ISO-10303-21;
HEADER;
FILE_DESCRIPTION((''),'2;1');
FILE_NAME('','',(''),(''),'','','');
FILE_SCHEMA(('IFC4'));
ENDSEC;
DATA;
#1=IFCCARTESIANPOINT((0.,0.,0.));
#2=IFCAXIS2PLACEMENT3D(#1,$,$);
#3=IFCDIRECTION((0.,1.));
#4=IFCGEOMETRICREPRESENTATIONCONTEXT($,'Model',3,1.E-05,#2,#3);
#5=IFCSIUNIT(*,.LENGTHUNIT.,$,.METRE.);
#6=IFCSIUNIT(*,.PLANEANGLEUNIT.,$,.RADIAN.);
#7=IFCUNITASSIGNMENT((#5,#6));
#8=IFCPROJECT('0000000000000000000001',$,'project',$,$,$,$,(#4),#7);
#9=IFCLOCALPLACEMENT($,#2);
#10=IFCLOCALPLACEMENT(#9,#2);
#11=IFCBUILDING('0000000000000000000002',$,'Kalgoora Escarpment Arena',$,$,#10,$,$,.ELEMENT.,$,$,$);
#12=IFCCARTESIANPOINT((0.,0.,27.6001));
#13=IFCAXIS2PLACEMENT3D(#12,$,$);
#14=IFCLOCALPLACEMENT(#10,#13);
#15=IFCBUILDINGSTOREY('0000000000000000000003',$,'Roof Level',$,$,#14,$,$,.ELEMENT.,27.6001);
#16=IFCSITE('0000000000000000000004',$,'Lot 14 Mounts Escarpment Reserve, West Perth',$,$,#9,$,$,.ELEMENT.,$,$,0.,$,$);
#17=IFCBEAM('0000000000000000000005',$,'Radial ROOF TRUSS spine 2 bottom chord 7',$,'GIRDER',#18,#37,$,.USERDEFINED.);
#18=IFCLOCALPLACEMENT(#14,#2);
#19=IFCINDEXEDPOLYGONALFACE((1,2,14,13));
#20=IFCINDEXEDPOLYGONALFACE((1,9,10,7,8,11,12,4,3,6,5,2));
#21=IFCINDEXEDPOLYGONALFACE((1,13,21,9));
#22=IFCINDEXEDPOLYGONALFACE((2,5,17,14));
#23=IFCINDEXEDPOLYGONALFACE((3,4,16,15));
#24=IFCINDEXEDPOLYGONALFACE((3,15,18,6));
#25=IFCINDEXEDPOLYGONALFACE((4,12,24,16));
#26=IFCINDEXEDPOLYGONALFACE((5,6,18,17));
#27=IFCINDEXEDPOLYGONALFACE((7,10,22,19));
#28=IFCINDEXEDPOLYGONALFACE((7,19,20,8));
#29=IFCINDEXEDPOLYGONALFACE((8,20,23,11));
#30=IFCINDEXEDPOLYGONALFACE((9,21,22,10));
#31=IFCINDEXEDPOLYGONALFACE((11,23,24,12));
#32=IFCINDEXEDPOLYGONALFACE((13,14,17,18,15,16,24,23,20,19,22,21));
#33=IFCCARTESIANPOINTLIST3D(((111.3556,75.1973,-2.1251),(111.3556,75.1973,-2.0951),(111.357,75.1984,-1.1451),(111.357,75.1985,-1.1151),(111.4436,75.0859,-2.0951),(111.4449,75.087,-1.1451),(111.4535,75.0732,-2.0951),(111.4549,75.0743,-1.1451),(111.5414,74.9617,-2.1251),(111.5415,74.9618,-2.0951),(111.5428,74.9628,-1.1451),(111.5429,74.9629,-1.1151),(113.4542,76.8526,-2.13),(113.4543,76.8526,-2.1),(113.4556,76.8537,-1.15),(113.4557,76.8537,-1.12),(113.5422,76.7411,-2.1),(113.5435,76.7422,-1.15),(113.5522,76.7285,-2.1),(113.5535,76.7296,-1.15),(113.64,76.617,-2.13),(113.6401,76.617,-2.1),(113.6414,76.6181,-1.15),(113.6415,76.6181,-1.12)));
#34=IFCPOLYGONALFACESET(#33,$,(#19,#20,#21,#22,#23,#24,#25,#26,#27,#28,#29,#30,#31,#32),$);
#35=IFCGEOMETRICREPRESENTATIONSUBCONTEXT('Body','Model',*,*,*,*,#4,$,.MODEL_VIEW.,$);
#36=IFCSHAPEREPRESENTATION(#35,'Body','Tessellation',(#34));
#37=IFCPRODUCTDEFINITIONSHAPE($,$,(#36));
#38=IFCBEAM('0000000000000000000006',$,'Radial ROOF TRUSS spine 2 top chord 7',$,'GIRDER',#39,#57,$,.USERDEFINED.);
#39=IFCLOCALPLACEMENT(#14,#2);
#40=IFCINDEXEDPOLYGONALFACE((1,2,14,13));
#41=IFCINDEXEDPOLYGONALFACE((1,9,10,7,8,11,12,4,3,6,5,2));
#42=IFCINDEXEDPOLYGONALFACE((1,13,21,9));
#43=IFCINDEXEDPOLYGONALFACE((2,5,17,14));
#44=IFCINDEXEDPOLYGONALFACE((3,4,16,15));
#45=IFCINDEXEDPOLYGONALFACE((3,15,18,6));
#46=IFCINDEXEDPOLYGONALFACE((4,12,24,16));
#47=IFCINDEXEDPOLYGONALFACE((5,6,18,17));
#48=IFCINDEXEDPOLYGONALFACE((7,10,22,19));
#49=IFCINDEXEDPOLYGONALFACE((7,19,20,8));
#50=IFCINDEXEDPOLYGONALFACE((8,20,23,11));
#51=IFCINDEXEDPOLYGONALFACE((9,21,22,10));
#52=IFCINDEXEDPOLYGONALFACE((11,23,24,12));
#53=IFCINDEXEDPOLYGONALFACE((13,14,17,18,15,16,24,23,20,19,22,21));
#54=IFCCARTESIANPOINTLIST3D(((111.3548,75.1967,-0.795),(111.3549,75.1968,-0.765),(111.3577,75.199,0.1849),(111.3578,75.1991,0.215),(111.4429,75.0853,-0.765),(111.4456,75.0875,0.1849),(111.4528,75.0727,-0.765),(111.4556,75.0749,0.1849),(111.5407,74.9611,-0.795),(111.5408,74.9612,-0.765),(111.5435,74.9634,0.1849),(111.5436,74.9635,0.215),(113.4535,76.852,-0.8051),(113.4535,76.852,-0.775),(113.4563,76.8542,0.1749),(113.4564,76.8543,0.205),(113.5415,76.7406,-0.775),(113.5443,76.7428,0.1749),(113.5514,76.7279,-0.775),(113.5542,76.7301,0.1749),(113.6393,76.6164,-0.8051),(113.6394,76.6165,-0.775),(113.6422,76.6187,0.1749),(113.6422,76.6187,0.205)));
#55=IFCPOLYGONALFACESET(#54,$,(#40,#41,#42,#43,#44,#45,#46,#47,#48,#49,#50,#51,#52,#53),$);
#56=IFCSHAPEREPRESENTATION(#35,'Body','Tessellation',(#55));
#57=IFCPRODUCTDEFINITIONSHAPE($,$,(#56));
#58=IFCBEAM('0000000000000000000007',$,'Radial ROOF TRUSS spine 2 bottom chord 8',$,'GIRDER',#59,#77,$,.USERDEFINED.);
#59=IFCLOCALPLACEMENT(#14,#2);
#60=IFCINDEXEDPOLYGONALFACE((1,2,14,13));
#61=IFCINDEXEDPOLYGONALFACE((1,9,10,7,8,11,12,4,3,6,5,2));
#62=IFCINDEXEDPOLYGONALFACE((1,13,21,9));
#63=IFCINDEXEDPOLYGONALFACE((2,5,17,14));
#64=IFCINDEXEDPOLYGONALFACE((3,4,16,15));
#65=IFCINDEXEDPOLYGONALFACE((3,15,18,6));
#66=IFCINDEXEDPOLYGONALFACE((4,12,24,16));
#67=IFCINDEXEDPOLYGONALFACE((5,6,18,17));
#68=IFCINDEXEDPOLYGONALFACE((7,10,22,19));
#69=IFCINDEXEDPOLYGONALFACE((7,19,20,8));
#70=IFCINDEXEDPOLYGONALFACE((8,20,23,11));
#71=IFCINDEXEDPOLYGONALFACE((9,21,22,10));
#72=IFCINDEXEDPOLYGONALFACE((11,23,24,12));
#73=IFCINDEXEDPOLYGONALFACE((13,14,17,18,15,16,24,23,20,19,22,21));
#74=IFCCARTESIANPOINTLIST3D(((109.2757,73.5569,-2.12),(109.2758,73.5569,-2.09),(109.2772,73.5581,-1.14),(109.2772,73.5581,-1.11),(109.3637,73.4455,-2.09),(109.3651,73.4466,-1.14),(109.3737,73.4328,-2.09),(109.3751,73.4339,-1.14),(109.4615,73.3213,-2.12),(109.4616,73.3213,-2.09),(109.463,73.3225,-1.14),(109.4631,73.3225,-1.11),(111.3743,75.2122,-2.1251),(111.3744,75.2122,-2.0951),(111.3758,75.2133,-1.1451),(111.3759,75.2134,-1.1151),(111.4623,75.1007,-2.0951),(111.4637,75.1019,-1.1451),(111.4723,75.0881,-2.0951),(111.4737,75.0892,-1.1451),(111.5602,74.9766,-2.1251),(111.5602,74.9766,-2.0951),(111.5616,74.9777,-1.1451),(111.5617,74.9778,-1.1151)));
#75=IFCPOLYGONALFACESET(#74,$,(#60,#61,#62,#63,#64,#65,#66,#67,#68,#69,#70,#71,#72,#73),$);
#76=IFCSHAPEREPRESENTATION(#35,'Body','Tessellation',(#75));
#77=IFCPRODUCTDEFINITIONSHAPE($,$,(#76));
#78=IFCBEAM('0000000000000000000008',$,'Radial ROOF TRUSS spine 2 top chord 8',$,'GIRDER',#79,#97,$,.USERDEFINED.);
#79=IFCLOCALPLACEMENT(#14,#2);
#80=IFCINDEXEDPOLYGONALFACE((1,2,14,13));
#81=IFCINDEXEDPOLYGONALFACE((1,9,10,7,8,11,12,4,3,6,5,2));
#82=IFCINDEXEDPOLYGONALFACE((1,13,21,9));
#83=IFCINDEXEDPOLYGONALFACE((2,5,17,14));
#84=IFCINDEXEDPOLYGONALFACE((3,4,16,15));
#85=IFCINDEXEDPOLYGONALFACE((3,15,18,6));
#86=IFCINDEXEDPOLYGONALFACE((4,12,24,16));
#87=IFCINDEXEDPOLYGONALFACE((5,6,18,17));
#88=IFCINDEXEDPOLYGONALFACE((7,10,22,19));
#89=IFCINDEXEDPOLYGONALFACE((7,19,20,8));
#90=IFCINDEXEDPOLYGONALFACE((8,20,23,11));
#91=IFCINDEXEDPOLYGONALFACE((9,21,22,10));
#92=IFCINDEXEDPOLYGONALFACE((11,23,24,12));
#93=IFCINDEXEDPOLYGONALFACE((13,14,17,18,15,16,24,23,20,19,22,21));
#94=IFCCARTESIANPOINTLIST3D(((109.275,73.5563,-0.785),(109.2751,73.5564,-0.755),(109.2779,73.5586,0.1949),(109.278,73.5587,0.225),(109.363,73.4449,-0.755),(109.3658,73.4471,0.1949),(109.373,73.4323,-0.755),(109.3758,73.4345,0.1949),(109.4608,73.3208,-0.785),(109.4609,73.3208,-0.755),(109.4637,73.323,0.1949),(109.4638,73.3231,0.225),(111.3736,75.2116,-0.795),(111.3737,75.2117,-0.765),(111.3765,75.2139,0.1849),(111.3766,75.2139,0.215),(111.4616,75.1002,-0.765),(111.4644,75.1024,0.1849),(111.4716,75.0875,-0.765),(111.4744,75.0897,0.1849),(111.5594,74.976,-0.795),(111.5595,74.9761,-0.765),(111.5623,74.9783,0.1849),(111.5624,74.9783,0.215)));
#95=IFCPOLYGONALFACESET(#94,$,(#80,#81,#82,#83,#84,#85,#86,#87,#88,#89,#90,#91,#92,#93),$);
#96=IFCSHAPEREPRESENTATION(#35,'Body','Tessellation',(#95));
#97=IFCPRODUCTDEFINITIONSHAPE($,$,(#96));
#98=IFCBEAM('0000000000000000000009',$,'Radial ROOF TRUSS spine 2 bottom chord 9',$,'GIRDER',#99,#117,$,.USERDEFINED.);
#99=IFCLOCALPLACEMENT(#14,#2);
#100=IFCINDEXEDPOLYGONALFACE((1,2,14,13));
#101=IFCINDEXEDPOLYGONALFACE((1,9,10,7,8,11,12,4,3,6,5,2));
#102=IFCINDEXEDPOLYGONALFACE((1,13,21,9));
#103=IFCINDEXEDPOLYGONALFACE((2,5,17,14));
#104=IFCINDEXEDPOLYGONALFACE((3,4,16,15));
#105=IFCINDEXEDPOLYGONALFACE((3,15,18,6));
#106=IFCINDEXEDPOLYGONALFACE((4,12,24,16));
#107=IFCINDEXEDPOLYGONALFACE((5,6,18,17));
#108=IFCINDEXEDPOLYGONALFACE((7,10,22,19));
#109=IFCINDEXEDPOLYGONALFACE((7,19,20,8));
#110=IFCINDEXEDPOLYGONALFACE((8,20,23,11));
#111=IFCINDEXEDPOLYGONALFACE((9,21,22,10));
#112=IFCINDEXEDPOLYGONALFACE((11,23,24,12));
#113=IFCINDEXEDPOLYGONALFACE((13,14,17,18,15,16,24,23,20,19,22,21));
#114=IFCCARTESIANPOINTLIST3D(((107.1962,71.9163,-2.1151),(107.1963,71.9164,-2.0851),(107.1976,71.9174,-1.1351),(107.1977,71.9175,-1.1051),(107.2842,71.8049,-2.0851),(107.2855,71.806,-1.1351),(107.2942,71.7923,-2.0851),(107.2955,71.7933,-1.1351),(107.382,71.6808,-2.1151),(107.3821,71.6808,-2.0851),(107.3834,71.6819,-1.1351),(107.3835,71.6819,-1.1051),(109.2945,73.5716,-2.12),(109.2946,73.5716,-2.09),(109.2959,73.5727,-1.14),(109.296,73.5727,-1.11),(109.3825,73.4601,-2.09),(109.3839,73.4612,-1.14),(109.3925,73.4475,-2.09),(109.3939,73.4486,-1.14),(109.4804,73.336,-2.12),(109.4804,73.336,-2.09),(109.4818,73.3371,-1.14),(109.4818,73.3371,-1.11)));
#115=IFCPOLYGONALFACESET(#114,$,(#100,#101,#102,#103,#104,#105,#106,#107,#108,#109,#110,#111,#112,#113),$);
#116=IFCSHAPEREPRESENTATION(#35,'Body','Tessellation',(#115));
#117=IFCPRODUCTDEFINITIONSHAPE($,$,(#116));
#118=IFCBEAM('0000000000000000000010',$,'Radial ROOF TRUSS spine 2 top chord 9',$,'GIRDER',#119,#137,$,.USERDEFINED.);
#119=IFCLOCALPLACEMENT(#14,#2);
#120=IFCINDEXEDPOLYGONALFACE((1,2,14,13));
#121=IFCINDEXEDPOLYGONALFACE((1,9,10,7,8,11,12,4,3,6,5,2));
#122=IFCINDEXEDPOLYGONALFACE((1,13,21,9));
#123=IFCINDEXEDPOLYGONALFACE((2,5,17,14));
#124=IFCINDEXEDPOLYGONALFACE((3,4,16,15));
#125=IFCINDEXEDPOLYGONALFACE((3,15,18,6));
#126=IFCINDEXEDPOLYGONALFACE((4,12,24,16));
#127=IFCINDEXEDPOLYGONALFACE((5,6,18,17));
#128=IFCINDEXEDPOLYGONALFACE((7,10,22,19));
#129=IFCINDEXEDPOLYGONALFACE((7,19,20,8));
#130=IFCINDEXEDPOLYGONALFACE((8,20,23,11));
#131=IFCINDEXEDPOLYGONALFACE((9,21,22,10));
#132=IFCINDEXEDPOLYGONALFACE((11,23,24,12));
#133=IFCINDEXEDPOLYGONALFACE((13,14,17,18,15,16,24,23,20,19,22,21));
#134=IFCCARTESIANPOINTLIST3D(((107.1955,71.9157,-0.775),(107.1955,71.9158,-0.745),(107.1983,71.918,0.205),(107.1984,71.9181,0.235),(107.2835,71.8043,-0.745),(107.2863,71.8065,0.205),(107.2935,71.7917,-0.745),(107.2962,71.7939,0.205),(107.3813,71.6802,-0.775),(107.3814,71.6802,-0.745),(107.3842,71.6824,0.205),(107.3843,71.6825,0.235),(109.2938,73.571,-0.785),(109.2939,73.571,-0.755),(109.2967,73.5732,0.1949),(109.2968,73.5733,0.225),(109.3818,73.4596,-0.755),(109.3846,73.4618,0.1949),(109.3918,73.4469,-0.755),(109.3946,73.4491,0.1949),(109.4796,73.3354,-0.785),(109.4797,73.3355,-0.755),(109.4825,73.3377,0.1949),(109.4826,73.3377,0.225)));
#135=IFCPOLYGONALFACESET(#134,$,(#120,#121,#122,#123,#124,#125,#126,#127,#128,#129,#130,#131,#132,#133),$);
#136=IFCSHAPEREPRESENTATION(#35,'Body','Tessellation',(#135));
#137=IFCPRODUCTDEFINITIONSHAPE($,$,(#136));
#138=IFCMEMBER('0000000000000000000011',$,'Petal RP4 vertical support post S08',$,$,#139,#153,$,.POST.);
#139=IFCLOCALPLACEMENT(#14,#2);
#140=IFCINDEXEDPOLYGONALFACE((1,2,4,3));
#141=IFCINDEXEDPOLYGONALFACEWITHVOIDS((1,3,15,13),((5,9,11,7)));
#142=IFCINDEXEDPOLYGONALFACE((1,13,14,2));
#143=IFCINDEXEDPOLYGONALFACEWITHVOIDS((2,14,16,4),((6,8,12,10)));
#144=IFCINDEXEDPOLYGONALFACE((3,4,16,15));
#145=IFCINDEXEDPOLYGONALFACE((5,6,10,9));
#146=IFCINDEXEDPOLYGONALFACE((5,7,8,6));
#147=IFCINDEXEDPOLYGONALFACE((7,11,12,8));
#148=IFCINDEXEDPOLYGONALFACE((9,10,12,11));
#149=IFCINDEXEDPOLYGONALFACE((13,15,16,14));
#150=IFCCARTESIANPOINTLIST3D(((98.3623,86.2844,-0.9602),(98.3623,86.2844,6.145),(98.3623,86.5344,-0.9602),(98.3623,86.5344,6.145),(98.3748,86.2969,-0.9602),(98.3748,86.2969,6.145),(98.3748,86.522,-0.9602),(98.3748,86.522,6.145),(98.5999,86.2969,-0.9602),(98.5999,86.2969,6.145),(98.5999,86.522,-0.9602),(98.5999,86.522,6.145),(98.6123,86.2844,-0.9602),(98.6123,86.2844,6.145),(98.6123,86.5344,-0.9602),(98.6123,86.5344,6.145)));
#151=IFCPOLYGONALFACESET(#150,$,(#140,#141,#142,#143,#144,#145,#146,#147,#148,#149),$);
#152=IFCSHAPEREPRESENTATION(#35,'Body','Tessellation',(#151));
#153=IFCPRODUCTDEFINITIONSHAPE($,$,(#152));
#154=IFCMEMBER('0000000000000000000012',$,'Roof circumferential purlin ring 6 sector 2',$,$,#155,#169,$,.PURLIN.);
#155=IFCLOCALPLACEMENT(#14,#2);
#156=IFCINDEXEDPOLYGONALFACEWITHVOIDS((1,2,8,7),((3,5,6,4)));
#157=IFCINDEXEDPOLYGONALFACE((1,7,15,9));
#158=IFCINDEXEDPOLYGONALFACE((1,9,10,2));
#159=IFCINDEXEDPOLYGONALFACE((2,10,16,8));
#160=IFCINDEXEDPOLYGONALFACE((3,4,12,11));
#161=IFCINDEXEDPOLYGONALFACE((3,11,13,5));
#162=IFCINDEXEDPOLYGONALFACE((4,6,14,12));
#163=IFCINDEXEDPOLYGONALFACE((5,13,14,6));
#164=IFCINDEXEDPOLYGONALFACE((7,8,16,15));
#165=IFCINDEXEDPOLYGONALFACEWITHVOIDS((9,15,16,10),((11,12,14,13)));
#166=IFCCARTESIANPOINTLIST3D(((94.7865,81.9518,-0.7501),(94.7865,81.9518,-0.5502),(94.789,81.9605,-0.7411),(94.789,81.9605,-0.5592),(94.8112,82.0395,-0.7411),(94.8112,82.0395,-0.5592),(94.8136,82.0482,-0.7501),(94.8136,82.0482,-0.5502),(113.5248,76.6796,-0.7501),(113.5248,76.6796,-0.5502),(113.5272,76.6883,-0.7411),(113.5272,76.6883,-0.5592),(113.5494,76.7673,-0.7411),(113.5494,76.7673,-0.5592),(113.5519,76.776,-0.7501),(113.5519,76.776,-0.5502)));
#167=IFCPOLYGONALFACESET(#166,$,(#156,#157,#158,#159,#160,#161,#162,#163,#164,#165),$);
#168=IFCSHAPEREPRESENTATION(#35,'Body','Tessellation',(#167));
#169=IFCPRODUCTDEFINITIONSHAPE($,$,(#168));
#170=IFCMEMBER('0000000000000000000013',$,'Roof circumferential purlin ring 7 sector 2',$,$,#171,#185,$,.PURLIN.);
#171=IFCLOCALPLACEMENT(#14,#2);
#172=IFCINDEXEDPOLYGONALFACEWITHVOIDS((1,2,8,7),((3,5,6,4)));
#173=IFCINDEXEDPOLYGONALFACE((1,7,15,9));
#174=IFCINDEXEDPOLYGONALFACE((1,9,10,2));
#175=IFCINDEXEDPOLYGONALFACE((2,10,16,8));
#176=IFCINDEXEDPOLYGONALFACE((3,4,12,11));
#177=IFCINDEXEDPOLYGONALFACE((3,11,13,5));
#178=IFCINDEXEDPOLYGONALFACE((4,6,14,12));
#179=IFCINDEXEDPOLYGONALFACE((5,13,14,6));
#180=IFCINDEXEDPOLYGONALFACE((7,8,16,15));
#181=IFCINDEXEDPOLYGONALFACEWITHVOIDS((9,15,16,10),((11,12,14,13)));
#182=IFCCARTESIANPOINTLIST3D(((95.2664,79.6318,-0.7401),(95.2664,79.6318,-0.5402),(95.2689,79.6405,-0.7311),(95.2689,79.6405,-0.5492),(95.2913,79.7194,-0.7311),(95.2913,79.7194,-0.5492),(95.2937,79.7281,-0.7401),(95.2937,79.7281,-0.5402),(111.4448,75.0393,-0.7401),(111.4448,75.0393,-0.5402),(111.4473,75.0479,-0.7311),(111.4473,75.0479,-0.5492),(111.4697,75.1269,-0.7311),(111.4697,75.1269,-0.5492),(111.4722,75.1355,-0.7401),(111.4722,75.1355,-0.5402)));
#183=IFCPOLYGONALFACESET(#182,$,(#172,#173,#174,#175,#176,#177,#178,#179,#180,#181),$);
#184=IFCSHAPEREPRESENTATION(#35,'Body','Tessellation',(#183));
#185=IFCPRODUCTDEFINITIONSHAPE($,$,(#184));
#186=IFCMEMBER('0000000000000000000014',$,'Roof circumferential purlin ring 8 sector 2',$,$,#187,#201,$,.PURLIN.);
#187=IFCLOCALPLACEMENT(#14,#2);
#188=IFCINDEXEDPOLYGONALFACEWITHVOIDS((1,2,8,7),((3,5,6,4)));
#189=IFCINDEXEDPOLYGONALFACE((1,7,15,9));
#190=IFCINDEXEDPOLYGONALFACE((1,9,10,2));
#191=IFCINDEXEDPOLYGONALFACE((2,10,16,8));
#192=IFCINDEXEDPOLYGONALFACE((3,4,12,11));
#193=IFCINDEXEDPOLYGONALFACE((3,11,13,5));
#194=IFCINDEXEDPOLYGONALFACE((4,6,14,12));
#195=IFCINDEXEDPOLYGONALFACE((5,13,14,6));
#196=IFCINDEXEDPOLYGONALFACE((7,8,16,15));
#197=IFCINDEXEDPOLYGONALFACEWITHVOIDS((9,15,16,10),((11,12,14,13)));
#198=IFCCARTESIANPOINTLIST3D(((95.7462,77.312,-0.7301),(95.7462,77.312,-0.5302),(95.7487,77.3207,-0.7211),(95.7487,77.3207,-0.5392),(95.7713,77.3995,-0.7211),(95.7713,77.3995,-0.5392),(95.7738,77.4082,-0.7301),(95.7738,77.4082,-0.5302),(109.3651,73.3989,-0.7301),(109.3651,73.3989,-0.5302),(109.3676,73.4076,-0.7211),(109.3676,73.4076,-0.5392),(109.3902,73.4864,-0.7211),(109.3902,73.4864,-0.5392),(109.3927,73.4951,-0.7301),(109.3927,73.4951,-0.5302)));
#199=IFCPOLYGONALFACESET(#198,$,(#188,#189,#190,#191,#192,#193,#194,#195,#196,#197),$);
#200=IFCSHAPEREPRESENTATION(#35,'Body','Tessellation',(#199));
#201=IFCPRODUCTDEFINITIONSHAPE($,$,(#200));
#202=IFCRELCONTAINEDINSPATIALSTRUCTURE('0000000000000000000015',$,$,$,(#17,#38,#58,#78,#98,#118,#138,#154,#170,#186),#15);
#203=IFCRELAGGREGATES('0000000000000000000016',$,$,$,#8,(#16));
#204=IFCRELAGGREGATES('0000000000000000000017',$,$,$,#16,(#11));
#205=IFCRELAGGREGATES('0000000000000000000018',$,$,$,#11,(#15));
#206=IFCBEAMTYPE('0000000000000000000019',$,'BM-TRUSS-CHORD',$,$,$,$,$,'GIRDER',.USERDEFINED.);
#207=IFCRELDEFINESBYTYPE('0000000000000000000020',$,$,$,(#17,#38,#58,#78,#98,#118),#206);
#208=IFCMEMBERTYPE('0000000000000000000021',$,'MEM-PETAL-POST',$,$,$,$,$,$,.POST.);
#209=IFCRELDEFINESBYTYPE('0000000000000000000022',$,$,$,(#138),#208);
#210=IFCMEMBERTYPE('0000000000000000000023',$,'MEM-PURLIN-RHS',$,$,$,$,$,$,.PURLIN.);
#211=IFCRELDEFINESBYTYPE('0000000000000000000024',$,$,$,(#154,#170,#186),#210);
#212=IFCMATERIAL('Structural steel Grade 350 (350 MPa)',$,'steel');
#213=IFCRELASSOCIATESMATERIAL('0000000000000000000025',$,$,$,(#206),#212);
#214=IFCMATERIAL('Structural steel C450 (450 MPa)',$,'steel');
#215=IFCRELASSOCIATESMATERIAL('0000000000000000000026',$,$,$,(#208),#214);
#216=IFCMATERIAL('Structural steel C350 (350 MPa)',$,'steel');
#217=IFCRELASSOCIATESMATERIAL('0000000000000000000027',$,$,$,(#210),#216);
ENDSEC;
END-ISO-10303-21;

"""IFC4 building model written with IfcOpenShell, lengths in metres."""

from ifc_helpers import new_model, si_unit, direction, frame, origin, origin_2d, place, context, subcontext, project, spatial, hollow_rectangle, i_section, extrude, material, material_profile, profile_set, type_object, element, save


model = new_model("IFC4")

# Units and contexts
model_context = context("Model", 3, precision=1e-05, world=origin(), true_north=direction((0.0, 1.0)))
body_context = subcontext(model_context, "Body", "Model", "MODEL_VIEW")
ifc_project = project(units=[si_unit("LENGTHUNIT", "METRE"), si_unit("PLANEANGLEUNIT", "RADIAN")], contexts=[model_context])

# Site, building, storey
site_placement = place(None, origin())
site = spatial("IfcSite", under=ifc_project, at=site_placement, Name="Lot 14 Mounts Escarpment Reserve, West Perth", CompositionType="ELEMENT", RefElevation=0.0)
building_placement = place(site_placement, origin())
building = spatial("IfcBuilding", under=site, at=building_placement, Name="Kalgoora Escarpment Arena", CompositionType="ELEMENT")
storey_placement = place(building_placement, frame((0.0, 0.0, 27.6001)))
storey = spatial("IfcBuildingStorey", under=building, at=storey_placement, Name="Roof Level", CompositionType="ELEMENT", Elevation=27.6001)

# Beams
ifc_material_1 = material(Name="Structural steel Grade 350 (350 MPa)", Category="steel")
ifc_material_profile_1 = material_profile(ifc_material_1, i_section(OverallWidth=0.3, OverallDepth=1.01, WebThickness=0.0161, FlangeThickness=0.03, at=origin_2d()))
ifc_profile_set_1 = profile_set([ifc_material_profile_1], Name="Structural steel Grade 350 (350 MPa)")
beam_type = type_object("IfcBeamType", Name="BM-TRUSS-CHORD", ElementType="GIRDER", PredefinedType="USERDEFINED", material=ifc_profile_set_1)
for number, where, z_axis, x_axis, name in (
    (1, (113.5479, 76.7354, -1.625), (-0.785162, -0.619288, 0.001827), (0.619289, -0.785163, 0.0), "Radial ROOF TRUSS spine 2 bottom chord 7"),
    (2, (113.5479, 76.7354, -0.3), (-0.785158, -0.619284, 0.003745), (0.619289, -0.785163, 0.0), "Radial ROOF TRUSS spine 2 top chord 7"),
    (3, (111.468, 75.095, -1.6201), (-0.785162, -0.619288, 0.001918), (0.619289, -0.785163, 0.0), "Radial ROOF TRUSS spine 2 bottom chord 8"),
    (4, (111.468, 75.095, -0.29), (-0.785158, -0.619284, 0.003745), (0.619289, -0.785163, 0.0), "Radial ROOF TRUSS spine 2 top chord 8"),
):
    element("IfcBeam", number, at=place(storey_placement, frame(where, z_axis=z_axis, x_axis=x_axis)), inside=storey, type_object=beam_type, Name=name, ObjectType="GIRDER", PredefinedType="USERDEFINED", context=body_context, shape_type="SweptSolid", body=[
        extrude(i_section(OverallWidth=0.3, OverallDepth=1.01, WebThickness=0.0161, FlangeThickness=0.03, at=origin_2d()), origin(), (0.0, 0.0, 1.0), 2.6729),
    ])
for number, where, z_axis, x_axis, name in (
    (5, (109.3882, 73.4543, -1.615), (-0.785127, -0.619332, 0.001827), (0.619333, -0.785128, 0.0), "Radial ROOF TRUSS spine 2 bottom chord 9"),
    (6, (109.3882, 73.4543, -0.28), (-0.785123, -0.619329, 0.003745), (0.619333, -0.785128, 0.0), "Radial ROOF TRUSS spine 2 top chord 9"),
):
    element("IfcBeam", number, at=place(storey_placement, frame(where, z_axis=z_axis, x_axis=x_axis)), inside=storey, type_object=beam_type, Name=name, ObjectType="GIRDER", PredefinedType="USERDEFINED", context=body_context, shape_type="SweptSolid", body=[
        extrude(i_section(OverallWidth=0.3, OverallDepth=1.01, WebThickness=0.0161, FlangeThickness=0.03, at=origin_2d()), origin(), (0.0, 0.0, 1.0), 2.6726),
    ])

# Members
ifc_material_2 = material(Name="Structural steel C450 (450 MPa)", Category="steel")
ifc_material_profile_2 = material_profile(ifc_material_2, hollow_rectangle(XDim=0.25, YDim=0.25, WallThickness=0.0125, at=origin_2d()))
ifc_profile_set_2 = profile_set([ifc_material_profile_2], Name="Structural steel C450 (450 MPa)")
member_type_1 = type_object("IfcMemberType", Name="MEM-PETAL-POST", PredefinedType="POST", material=ifc_profile_set_2)
member_1_placement = place(storey_placement, frame((98.4873, 86.4094, -0.9602), z_axis=(0.0, 0.0, 1.0), x_axis=(1.0, 0.0, 0.0)))
element("IfcMember", 7, at=member_1_placement, inside=storey, type_object=member_type_1, Name="Petal RP4 vertical support post S08", PredefinedType="POST", context=body_context, shape_type="SweptSolid", body=[
    extrude(hollow_rectangle(XDim=0.25, YDim=0.25, WallThickness=0.0125, at=origin_2d()), origin(), (0.0, 0.0, 1.0), 7.1052),
])
ifc_material_3 = material(Name="Structural steel C350 (350 MPa)", Category="steel")
ifc_material_profile_3 = material_profile(ifc_material_3, hollow_rectangle(XDim=0.1001, YDim=0.2, WallThickness=0.009, at=origin_2d()))
ifc_profile_set_3 = profile_set([ifc_material_profile_3], Name="Structural steel C350 (350 MPa)")
member_type_2 = type_object("IfcMemberType", Name="MEM-PURLIN-RHS", PredefinedType="PURLIN", material=ifc_profile_set_3)
member_2_placement = place(storey_placement, frame((113.5383, 76.7278, -0.6501), z_axis=(-0.962623, 0.270844, 0.0), x_axis=(-0.270844, -0.962623, 0.0)))
element("IfcMember", 8, at=member_2_placement, inside=storey, type_object=member_type_2, Name="Roof circumferential purlin ring 6 sector 2", PredefinedType="PURLIN", context=body_context, shape_type="SweptSolid", body=[
    extrude(hollow_rectangle(XDim=0.1001, YDim=0.2, WallThickness=0.009, at=origin_2d()), origin(), (0.0, 0.0, 1.0), 19.4658),
])
member_3_placement = place(storey_placement, frame((111.4585, 75.0874, -0.6401), z_axis=(-0.961992, 0.273078, 0.0), x_axis=(-0.273078, -0.961992, 0.0)))
element("IfcMember", 9, at=member_3_placement, inside=storey, type_object=member_type_2, Name="Roof circumferential purlin ring 7 sector 2", PredefinedType="PURLIN", context=body_context, shape_type="SweptSolid", body=[
    extrude(hollow_rectangle(XDim=0.1001, YDim=0.2, WallThickness=0.009, at=origin_2d()), origin(), (0.0, 0.0, 1.0), 16.8176),
])
member_4_placement = place(storey_placement, frame((109.3789, 73.447, -0.6301), z_axis=(-0.961113, 0.276154, 0.0), x_axis=(-0.276154, -0.961113, 0.0)))
element("IfcMember", 10, at=member_4_placement, inside=storey, type_object=member_type_2, Name="Roof circumferential purlin ring 8 sector 2", PredefinedType="PURLIN", context=body_context, shape_type="SweptSolid", body=[
    extrude(hollow_rectangle(XDim=0.1001, YDim=0.2, WallThickness=0.009, at=origin_2d()), origin(), (0.0, 0.0, 1.0), 14.1699),
])

save(model, "model.ifc")
